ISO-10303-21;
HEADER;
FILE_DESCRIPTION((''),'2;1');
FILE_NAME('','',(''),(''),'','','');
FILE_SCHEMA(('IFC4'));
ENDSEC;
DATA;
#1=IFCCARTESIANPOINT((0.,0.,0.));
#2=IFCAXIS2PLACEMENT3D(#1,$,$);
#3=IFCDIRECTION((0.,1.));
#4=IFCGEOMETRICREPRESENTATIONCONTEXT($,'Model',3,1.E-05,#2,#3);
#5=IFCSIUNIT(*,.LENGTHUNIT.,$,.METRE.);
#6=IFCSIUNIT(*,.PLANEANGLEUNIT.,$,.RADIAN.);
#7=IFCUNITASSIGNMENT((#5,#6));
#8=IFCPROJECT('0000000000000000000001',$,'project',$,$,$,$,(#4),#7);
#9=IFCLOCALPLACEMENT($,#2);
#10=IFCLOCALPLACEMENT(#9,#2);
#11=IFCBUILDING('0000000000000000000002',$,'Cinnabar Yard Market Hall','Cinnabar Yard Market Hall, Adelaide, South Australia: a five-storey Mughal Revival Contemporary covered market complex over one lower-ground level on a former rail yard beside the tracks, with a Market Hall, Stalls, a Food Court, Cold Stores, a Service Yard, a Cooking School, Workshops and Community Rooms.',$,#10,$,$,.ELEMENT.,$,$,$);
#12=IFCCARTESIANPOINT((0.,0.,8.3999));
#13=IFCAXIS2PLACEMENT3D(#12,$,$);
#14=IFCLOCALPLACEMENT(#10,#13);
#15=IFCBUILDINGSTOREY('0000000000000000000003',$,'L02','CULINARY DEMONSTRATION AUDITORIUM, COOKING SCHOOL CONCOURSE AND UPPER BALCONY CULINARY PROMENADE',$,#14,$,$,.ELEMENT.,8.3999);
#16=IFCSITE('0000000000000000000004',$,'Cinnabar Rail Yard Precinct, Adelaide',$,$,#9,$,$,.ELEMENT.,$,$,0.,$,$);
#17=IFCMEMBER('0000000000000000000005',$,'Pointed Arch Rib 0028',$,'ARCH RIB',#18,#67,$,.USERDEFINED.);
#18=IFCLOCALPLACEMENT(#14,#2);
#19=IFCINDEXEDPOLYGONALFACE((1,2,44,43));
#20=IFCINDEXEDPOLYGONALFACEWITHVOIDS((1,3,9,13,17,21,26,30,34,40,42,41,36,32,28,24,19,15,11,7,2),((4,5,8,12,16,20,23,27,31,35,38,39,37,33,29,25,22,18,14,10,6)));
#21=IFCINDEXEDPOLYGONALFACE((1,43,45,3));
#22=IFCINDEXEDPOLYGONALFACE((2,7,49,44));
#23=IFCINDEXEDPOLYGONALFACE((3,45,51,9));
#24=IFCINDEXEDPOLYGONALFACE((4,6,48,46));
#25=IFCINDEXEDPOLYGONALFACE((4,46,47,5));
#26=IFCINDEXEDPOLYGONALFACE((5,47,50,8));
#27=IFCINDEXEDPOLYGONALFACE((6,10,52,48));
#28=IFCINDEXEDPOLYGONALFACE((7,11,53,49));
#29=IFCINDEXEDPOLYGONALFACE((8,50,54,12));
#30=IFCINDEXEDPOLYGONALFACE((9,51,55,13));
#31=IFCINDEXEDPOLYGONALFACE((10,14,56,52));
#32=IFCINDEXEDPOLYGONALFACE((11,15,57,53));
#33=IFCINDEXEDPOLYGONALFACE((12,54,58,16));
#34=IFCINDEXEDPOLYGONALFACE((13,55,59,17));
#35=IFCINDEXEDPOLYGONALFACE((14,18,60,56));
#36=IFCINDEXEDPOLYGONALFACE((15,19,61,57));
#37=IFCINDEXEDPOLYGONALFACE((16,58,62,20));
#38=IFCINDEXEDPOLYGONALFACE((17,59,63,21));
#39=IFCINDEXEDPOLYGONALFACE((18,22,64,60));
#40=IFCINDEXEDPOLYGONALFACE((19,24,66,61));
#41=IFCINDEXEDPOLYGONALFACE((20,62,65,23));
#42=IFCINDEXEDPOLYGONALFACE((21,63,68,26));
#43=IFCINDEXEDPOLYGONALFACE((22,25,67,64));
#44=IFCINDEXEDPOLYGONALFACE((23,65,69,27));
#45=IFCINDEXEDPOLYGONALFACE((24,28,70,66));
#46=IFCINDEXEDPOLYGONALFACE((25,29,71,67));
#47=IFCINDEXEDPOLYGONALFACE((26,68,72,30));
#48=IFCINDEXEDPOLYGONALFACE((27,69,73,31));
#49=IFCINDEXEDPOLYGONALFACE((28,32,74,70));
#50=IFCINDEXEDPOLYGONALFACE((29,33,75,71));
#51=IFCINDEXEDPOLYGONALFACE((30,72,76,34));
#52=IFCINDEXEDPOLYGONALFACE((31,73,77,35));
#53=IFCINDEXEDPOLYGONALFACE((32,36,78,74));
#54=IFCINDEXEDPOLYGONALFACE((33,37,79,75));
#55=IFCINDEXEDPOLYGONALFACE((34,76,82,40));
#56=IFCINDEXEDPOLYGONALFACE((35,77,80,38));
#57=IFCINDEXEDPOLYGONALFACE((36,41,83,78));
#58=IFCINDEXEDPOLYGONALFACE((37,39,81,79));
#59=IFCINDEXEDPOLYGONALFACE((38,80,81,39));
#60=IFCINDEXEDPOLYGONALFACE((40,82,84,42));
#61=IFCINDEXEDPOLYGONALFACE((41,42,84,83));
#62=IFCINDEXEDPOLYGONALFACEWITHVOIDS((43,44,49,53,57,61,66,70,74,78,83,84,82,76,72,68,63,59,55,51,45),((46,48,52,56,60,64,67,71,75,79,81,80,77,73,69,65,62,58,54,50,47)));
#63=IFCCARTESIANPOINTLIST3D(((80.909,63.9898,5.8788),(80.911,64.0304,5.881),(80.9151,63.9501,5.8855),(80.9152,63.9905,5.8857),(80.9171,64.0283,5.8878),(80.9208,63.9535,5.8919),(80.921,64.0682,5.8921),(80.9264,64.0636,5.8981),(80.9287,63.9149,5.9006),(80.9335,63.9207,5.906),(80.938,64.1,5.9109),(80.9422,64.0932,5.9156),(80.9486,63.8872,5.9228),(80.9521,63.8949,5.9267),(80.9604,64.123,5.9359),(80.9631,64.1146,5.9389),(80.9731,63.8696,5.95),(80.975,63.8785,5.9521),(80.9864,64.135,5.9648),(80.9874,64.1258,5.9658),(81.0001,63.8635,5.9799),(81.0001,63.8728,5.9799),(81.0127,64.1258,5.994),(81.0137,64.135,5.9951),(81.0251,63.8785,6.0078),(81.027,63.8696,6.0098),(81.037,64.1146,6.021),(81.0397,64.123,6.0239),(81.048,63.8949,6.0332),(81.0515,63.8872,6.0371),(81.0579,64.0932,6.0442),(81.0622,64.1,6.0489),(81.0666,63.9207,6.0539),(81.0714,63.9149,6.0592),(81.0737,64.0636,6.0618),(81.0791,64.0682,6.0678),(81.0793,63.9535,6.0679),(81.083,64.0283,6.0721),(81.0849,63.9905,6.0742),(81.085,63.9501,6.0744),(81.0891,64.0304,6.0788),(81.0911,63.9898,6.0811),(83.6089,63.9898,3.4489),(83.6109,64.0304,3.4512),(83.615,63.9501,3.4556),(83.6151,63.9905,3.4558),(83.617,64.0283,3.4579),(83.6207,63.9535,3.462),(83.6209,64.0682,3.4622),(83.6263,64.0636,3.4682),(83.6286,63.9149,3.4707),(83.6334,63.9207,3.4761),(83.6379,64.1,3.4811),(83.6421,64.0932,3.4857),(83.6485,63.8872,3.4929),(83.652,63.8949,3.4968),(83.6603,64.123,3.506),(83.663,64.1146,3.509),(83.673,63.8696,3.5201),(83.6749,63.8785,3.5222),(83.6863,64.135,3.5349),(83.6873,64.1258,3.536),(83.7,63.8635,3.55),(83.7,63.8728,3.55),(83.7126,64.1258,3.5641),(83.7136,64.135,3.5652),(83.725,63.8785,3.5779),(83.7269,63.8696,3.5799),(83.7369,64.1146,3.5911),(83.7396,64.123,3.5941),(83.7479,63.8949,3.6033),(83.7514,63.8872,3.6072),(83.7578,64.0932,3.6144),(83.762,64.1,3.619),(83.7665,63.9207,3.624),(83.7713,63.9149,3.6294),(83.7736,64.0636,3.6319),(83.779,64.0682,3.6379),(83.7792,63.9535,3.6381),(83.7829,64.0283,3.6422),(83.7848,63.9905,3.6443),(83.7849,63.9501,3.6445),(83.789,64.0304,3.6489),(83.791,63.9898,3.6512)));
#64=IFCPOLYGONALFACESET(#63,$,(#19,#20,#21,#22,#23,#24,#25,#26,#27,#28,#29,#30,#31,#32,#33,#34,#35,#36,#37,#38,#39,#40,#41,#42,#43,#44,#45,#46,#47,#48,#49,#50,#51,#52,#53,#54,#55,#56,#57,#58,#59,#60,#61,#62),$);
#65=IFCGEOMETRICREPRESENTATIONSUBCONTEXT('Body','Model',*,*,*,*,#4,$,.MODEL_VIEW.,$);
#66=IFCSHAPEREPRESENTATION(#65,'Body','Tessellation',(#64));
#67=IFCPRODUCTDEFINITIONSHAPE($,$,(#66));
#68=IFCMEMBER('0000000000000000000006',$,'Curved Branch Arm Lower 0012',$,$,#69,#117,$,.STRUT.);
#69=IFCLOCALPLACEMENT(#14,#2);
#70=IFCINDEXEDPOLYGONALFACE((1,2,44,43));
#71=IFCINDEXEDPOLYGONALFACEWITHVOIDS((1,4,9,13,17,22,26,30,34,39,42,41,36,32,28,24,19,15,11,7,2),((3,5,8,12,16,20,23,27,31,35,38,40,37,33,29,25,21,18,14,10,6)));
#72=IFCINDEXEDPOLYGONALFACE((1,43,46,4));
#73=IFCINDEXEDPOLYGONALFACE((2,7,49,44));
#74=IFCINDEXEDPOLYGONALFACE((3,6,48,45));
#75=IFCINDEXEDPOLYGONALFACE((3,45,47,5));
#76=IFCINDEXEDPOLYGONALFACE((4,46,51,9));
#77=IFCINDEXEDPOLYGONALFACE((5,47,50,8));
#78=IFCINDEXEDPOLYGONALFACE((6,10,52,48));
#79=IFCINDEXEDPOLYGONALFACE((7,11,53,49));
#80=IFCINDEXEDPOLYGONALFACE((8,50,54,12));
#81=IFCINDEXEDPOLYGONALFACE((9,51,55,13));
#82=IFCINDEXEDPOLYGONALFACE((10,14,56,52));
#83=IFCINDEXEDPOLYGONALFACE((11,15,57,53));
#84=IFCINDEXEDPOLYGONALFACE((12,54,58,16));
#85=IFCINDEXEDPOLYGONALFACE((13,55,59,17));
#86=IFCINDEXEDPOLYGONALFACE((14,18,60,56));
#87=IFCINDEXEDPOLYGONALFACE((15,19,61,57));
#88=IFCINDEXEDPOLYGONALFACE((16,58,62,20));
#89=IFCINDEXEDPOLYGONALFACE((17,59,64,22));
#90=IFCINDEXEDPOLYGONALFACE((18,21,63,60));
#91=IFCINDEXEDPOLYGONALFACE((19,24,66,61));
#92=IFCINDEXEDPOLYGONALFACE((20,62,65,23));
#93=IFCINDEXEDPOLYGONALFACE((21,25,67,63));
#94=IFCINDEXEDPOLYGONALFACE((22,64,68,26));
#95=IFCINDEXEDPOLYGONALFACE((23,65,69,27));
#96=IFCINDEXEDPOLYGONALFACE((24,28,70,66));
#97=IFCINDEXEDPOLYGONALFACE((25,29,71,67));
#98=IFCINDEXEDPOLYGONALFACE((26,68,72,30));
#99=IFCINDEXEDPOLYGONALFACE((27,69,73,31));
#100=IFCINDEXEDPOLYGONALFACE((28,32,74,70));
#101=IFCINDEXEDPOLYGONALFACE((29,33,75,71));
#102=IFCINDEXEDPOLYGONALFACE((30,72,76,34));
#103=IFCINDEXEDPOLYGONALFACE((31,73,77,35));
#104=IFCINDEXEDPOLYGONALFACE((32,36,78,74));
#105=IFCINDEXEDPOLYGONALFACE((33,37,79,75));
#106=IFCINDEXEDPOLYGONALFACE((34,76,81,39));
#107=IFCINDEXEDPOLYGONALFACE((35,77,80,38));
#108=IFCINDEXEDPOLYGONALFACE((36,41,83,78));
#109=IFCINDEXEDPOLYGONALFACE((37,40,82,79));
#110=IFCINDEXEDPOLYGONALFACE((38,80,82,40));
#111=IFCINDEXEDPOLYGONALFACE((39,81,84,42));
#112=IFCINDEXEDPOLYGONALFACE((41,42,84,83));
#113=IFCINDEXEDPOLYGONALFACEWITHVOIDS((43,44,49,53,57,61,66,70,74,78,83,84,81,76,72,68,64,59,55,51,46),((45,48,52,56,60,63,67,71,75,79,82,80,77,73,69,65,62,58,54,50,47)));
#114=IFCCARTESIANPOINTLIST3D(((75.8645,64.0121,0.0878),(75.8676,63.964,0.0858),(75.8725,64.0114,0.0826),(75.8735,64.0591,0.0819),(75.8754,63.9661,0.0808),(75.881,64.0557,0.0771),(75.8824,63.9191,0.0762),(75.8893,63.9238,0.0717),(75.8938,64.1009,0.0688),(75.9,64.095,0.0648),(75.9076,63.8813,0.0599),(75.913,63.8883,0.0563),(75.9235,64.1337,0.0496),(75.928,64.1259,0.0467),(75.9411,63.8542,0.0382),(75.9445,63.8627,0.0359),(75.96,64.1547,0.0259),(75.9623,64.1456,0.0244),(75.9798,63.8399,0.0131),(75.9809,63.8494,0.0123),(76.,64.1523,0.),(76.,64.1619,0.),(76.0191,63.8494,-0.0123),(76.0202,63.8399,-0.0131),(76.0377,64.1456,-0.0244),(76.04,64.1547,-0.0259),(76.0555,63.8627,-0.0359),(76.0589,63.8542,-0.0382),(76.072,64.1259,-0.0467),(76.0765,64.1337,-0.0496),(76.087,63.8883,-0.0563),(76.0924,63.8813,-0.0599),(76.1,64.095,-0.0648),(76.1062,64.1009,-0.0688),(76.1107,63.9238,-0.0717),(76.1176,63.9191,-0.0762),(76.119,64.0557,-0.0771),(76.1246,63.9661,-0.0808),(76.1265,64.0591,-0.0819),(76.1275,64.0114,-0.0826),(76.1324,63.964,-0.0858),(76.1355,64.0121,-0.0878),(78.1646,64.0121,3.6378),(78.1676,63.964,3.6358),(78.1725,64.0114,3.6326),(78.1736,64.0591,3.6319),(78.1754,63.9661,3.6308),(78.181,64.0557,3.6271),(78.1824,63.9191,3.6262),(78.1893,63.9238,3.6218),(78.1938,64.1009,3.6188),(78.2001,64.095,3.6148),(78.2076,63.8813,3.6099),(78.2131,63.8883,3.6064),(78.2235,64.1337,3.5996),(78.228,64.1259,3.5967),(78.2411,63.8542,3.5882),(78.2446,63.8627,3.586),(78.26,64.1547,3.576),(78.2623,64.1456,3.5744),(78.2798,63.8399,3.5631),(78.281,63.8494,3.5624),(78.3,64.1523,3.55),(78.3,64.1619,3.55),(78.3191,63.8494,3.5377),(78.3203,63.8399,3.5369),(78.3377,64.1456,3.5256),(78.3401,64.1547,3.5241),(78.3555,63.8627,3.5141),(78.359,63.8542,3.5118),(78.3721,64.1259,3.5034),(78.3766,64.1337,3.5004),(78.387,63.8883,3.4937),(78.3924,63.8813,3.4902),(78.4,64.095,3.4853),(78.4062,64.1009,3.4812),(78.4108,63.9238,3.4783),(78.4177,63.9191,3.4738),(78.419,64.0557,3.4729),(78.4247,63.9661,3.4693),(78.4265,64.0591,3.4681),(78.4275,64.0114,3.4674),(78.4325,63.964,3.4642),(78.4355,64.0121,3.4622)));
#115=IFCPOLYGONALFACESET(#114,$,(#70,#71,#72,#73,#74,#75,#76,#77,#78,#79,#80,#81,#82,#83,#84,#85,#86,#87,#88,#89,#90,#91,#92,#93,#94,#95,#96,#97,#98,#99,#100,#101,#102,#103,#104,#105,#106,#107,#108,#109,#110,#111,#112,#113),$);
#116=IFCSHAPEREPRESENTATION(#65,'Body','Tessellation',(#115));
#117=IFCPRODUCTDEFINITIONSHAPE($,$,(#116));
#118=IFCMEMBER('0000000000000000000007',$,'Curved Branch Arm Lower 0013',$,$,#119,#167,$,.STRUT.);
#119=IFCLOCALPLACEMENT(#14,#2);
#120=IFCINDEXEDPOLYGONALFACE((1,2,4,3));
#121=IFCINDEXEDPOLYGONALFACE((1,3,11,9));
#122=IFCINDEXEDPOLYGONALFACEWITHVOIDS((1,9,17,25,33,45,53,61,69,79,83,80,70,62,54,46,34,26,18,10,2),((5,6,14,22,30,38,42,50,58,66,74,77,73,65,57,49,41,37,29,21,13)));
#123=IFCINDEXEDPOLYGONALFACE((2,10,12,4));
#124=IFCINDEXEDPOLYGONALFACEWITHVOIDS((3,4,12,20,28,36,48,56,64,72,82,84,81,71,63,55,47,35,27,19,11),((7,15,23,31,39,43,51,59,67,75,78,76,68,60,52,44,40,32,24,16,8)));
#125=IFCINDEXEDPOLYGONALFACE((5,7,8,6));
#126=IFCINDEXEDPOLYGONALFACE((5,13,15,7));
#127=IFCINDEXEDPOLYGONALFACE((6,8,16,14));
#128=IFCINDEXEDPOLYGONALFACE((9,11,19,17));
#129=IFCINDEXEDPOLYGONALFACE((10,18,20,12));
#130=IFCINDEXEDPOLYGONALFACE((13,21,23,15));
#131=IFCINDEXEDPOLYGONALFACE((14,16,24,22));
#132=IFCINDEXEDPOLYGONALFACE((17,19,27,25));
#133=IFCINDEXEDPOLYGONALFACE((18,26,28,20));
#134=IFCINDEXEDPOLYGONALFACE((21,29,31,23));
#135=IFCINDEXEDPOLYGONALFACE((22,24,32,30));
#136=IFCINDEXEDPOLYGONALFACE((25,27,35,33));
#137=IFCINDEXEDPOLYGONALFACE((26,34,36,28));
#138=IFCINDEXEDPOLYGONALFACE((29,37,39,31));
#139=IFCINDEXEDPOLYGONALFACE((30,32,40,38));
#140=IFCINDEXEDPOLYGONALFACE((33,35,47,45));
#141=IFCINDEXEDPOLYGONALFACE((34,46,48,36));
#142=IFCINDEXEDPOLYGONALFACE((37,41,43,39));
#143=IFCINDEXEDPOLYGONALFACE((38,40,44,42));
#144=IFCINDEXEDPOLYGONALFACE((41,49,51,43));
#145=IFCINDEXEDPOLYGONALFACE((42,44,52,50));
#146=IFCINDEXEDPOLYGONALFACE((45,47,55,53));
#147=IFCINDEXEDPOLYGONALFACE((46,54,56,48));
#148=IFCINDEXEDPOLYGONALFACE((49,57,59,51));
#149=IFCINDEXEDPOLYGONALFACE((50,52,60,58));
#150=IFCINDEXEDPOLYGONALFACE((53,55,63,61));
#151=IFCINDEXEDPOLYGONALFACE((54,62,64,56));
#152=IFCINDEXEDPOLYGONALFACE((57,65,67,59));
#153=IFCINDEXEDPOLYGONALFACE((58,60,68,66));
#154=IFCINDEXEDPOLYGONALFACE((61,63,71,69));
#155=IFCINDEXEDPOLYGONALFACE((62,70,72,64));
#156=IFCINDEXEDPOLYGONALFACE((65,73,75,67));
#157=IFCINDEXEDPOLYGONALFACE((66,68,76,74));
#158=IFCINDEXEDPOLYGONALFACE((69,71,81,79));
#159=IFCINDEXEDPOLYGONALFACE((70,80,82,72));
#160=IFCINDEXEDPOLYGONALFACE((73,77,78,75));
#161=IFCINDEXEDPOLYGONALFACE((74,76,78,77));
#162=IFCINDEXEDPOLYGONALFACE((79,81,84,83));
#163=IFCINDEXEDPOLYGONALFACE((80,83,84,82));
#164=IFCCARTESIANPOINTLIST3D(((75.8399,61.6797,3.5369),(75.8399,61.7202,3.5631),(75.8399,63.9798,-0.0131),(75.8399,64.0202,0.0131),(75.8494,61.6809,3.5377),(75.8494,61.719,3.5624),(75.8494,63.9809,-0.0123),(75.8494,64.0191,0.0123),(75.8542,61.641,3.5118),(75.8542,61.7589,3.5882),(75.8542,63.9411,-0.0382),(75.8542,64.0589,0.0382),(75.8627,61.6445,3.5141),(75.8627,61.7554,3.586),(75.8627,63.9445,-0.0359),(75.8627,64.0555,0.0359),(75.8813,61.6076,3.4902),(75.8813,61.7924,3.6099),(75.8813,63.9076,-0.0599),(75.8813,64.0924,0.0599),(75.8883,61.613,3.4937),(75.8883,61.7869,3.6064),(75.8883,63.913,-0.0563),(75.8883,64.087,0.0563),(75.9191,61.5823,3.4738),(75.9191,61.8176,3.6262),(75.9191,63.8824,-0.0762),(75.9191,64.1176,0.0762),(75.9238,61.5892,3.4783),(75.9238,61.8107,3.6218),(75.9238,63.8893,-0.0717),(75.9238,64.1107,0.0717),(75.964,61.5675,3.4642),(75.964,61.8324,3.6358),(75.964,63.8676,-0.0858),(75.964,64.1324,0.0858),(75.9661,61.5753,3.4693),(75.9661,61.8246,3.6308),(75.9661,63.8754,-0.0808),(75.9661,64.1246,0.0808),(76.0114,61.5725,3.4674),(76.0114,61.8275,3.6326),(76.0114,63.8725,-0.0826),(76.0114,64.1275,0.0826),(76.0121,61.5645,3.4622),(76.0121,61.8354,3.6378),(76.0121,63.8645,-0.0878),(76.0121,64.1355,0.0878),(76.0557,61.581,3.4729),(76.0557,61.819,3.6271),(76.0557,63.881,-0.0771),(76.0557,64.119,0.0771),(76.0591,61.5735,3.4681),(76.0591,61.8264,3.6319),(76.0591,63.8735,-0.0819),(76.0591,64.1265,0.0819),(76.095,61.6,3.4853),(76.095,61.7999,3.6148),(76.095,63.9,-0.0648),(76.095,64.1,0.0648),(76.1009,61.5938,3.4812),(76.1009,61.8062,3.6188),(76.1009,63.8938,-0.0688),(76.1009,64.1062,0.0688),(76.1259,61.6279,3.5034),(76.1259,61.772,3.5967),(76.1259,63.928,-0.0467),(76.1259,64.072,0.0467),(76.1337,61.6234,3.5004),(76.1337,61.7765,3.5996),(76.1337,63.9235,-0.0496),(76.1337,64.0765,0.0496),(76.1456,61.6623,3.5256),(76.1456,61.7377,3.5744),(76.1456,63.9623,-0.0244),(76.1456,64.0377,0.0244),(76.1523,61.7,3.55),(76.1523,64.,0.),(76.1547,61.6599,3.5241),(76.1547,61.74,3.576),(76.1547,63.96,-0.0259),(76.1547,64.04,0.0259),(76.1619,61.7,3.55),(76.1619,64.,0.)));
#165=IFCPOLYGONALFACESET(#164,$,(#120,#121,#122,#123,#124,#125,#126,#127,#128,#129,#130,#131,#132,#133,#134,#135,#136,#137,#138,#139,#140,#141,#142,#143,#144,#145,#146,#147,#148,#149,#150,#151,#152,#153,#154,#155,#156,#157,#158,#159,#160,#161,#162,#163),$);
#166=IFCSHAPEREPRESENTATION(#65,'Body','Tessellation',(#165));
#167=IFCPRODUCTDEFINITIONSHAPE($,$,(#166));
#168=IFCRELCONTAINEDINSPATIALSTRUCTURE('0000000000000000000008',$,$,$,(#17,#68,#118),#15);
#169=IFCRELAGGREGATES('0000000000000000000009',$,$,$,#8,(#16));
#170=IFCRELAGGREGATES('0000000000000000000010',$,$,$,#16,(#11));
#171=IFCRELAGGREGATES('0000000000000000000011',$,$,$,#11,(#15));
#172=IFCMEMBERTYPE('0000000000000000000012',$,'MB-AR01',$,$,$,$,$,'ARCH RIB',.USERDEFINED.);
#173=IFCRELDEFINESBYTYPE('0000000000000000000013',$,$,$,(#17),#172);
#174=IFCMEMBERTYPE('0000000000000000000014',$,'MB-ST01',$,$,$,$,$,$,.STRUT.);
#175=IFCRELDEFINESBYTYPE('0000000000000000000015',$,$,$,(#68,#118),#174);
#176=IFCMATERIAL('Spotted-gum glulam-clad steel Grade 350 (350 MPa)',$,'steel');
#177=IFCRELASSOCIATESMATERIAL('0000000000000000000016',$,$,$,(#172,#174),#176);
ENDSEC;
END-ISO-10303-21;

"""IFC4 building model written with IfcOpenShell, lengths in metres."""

from ifc_helpers import new_model, si_unit, direction, frame, origin, origin_2d_with_axis, place, context, subcontext, project, spatial, hollow_circle, extrude, material, material_profile, profile_set, type_object, element, save


model = new_model("IFC4")

# Units and contexts
model_context = context("Model", 3, precision=1e-05, world=origin(), true_north=direction((0.0, 1.0)))
body_context = subcontext(model_context, "Body", "Model", "MODEL_VIEW")
ifc_project = project(units=[si_unit("LENGTHUNIT", "METRE"), si_unit("PLANEANGLEUNIT", "RADIAN")], contexts=[model_context])

# Site, building, storey
site_placement = place(None, origin())
site = spatial("IfcSite", under=ifc_project, at=site_placement, Name="Cinnabar Rail Yard Precinct, Adelaide", CompositionType="ELEMENT", RefElevation=0.0)
building_placement = place(site_placement, origin())
building = spatial("IfcBuilding", under=site, at=building_placement, Name="Cinnabar Yard Market Hall", Description="Cinnabar Yard Market Hall, Adelaide, South Australia: a five-storey Mughal Revival Contemporary covered market complex over one lower-ground level on a former rail yard beside the tracks, with a Market Hall, Stalls, a Food Court, Cold Stores, a Service Yard, a Cooking School, Workshops and Community Rooms.", CompositionType="ELEMENT")
storey_placement = place(building_placement, frame((0.0, 0.0, 8.3999)))
storey = spatial("IfcBuildingStorey", under=building, at=storey_placement, Name="L02", Description="CULINARY DEMONSTRATION AUDITORIUM, COOKING SCHOOL CONCOURSE AND UPPER BALCONY CULINARY PROMENADE", CompositionType="ELEMENT", Elevation=8.3999)

# Shared definitions
ifc_material_1 = material(Name="Spotted-gum glulam-clad steel Grade 350 (350 MPa)", Category="steel")

# Members
ifc_material_profile_1 = material_profile(ifc_material_1, hollow_circle(Radius=0.1365, WallThickness=0.0093, at=origin_2d_with_axis()), Name="273.1x9.3CHS")
ifc_profile_set_1 = profile_set([ifc_material_profile_1], Name="Spotted-gum glulam-clad steel Grade 350 (350 MPa)")
member_type_1 = type_object("IfcMemberType", Name="MB-AR01", ElementType="ARCH RIB", PredefinedType="USERDEFINED", material=ifc_profile_set_1)
for number, where, z_axis, x_axis, name in (
    (1, (83.7, 64.0, 3.55), (-0.743297, 0.0, 0.668961), (0.0, -1.0, 0.0), "Pointed Arch Rib 0028"),
):
    element("IfcMember", number, at=place(storey_placement, frame(where, z_axis=z_axis, x_axis=x_axis)), inside=storey, type_object=member_type_1, Name=name, ObjectType="ARCH RIB", PredefinedType="USERDEFINED", context=body_context, shape_type="SweptSolid", body=[
        extrude(hollow_circle(Radius=0.1365, WallThickness=0.0093, at=origin_2d_with_axis()), origin(), (0.0, 0.0, 1.0), 3.6323),
    ])
ifc_material_profile_2 = material_profile(ifc_material_1, hollow_circle(Radius=0.1619, WallThickness=0.0095, at=origin_2d_with_axis()), Name="323.9x9.5CHS")
ifc_profile_set_2 = profile_set([ifc_material_profile_2], Name="Spotted-gum glulam-clad steel Grade 350 (350 MPa)")
member_type_2 = type_object("IfcMemberType", Name="MB-ST01", PredefinedType="STRUT", material=ifc_profile_set_2)
for number, where, z_axis, x_axis, name in (
    (2, (76.0, 64.0, 0.0), (0.543744, 0.0, 0.839251), (0.0, 1.0, 0.0), "Curved Branch Arm Lower 0012"),
    (3, (76.0, 64.0, 0.0), (0.0, -0.543744, 0.839251), (1.0, 0.0, 0.0), "Curved Branch Arm Lower 0013"),
):
    element("IfcMember", number, at=place(storey_placement, frame(where, z_axis=z_axis, x_axis=x_axis)), inside=storey, type_object=member_type_2, Name=name, PredefinedType="STRUT", context=body_context, shape_type="SweptSolid", body=[
        extrude(hollow_circle(Radius=0.1619, WallThickness=0.0095, at=origin_2d_with_axis()), origin(), (0.0, 0.0, 1.0), 4.23),
    ])

save(model, "model.ifc")
